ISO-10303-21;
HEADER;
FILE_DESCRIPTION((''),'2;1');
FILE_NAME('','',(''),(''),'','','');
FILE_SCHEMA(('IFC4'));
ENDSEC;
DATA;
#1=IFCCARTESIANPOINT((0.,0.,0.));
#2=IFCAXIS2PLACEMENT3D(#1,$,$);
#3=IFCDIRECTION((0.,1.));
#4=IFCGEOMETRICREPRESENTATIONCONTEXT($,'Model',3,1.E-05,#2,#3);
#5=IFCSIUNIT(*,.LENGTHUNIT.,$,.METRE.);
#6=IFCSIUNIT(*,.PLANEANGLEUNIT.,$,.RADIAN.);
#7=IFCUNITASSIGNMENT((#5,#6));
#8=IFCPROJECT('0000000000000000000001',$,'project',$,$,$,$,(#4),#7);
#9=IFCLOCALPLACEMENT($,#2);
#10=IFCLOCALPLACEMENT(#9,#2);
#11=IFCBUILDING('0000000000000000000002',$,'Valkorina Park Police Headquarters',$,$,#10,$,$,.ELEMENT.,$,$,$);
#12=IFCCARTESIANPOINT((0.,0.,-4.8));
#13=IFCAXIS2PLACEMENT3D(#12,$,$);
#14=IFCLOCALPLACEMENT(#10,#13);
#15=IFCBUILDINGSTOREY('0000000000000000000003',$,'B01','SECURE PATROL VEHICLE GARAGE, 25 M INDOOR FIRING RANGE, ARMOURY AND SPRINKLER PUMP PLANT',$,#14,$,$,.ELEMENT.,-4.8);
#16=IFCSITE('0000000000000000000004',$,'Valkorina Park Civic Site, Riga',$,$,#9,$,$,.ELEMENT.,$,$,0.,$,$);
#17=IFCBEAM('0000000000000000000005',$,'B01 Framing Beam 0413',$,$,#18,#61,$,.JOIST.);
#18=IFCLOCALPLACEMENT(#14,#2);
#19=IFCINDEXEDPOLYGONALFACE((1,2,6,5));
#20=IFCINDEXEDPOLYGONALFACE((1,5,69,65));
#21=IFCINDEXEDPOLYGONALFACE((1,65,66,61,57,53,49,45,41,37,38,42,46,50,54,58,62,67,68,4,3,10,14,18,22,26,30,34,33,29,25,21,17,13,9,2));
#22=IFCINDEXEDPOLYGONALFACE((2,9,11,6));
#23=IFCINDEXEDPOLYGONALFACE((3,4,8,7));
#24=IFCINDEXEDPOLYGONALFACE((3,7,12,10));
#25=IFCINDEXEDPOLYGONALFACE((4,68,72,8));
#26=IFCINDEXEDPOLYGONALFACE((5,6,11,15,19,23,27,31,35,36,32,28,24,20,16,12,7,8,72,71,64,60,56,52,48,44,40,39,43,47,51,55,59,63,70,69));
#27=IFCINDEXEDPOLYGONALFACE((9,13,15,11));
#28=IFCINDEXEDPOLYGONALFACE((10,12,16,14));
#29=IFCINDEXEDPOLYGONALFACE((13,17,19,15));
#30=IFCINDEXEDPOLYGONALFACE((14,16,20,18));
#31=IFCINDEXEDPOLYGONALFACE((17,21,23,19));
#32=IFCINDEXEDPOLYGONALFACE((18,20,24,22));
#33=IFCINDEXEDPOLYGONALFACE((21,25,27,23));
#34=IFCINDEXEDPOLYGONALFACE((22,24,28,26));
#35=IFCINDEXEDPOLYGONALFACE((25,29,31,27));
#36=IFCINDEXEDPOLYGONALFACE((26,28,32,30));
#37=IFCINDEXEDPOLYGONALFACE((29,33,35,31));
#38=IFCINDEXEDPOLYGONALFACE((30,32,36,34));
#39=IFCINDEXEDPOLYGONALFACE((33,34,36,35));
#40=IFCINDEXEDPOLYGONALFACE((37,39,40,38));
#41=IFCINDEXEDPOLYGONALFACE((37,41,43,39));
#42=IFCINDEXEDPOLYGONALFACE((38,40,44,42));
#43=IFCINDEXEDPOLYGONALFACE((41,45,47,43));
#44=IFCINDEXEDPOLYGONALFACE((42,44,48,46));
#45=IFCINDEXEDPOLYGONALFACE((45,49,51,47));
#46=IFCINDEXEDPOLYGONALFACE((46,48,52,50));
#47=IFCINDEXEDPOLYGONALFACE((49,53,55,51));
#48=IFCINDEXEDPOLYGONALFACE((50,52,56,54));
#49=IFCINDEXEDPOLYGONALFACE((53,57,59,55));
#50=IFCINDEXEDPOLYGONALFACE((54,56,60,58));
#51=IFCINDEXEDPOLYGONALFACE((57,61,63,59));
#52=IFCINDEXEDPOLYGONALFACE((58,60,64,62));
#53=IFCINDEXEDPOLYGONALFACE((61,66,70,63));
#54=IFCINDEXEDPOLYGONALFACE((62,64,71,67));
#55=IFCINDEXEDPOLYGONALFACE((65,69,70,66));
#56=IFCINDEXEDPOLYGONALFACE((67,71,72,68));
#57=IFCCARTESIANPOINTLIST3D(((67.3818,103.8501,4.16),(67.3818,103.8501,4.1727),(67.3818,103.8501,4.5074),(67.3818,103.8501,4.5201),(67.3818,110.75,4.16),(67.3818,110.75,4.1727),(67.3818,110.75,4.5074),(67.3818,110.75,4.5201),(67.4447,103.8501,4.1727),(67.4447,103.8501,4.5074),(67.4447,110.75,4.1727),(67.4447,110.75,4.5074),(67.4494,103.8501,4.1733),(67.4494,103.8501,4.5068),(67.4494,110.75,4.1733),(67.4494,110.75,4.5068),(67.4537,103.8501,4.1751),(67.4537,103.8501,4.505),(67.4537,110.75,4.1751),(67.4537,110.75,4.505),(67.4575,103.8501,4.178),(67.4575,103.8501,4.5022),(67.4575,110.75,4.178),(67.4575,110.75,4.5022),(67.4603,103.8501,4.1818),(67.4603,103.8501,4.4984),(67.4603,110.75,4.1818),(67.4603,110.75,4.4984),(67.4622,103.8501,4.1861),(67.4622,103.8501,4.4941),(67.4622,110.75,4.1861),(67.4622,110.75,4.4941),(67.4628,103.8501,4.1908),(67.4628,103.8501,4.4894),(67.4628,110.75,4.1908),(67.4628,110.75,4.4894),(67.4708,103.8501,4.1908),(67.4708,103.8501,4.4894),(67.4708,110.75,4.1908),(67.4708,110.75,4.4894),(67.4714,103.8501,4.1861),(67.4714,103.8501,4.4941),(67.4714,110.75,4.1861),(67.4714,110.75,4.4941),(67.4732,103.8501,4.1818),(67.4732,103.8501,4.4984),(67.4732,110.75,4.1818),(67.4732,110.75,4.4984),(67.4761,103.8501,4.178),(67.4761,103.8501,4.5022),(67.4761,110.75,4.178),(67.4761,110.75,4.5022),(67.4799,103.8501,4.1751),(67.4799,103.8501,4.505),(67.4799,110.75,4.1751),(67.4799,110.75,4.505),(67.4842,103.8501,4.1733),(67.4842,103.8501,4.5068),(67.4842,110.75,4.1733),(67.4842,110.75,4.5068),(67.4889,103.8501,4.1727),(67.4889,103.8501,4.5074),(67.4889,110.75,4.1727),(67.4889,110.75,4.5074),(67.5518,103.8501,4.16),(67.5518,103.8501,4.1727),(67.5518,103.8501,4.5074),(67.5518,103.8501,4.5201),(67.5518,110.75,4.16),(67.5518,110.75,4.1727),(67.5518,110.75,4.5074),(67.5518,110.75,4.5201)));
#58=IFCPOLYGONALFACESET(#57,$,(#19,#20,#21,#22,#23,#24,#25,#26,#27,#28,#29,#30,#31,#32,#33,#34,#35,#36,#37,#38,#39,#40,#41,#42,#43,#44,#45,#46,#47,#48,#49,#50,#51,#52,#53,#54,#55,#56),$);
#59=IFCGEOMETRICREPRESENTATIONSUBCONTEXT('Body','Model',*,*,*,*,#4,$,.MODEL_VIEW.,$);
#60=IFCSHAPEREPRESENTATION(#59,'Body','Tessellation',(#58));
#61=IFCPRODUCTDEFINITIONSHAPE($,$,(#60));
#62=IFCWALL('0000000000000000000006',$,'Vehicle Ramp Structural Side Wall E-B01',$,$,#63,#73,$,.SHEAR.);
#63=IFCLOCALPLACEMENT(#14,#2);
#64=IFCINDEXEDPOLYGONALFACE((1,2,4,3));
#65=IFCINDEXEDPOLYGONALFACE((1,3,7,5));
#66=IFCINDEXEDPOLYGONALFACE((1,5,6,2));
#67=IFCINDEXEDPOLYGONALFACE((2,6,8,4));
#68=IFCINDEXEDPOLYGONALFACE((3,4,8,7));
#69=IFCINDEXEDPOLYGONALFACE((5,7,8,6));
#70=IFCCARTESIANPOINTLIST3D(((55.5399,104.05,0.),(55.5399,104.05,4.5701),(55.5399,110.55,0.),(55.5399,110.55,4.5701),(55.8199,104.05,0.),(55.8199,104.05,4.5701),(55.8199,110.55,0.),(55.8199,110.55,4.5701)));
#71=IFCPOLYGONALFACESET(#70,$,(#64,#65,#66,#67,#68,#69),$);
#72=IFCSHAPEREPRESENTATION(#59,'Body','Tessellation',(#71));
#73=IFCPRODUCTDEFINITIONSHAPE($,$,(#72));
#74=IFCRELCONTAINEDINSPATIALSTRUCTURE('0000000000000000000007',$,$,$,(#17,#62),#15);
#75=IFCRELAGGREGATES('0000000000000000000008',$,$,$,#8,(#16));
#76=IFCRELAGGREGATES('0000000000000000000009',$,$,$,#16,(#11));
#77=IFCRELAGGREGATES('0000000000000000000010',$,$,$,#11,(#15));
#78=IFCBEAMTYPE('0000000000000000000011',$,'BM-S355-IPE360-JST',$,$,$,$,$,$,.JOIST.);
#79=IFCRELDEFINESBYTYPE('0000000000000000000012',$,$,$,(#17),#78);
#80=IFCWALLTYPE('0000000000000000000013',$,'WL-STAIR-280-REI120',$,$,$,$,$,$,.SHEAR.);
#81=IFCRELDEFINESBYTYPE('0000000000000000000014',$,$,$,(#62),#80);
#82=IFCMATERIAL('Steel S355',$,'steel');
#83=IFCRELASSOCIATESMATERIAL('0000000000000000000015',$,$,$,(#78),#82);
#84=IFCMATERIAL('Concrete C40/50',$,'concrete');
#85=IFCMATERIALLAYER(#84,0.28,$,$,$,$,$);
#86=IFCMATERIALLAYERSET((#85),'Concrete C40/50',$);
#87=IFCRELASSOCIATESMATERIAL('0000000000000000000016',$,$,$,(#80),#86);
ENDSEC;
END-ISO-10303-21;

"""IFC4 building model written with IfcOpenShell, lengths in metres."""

from ifc_helpers import new_model, si_unit, direction, frame, frame_2d, origin, origin_2d, place, context, subcontext, project, spatial, rectangle, i_section, extrude, material, layer, layer_set, material_profile, profile_set, type_object, element, save


model = new_model("IFC4")

# Units and contexts
model_context = context("Model", 3, precision=1e-05, world=origin(), true_north=direction((0.0, 1.0)))
body_context = subcontext(model_context, "Body", "Model", "MODEL_VIEW")
ifc_project = project(units=[si_unit("LENGTHUNIT", "METRE"), si_unit("PLANEANGLEUNIT", "RADIAN")], contexts=[model_context])

# Site, building, storey
site_placement = place(None, origin())
site = spatial("IfcSite", under=ifc_project, at=site_placement, Name="Valkorina Park Civic Site, Riga", CompositionType="ELEMENT", RefElevation=0.0)
building_placement = place(site_placement, origin())
building = spatial("IfcBuilding", under=site, at=building_placement, Name="Valkorina Park Police Headquarters", CompositionType="ELEMENT")
storey_placement = place(building_placement, frame((0.0, 0.0, -4.8)))
storey = spatial("IfcBuildingStorey", under=building, at=storey_placement, Name="B01", Description="SECURE PATROL VEHICLE GARAGE, 25 M INDOOR FIRING RANGE, ARMOURY AND SPRINKLER PUMP PLANT", CompositionType="ELEMENT", Elevation=-4.8)

# Shared definitions
ifc_material_1 = material(Name="Concrete C40/50", Category="concrete")

# Beam
ifc_material_2 = material(Name="Steel S355", Category="steel")
ifc_material_profile_1 = material_profile(ifc_material_2, i_section(OverallWidth=0.1699, OverallDepth=0.3601, WebThickness=0.0081, FlangeThickness=0.0127, FilletRadius=0.0181, at=origin_2d()), Name="IPE 360")
ifc_profile_set_1 = profile_set([ifc_material_profile_1], Name="Steel S355")
beam_type_1 = type_object("IfcBeamType", Name="BM-S355-IPE360-JST", PredefinedType="JOIST", material=ifc_profile_set_1)
beam_1_placement = place(storey_placement, frame((67.4668, 103.8501, 4.3401), z_axis=(0.0, 1.0, 0.0), x_axis=(-1.0, 0.0, 0.0)))
element("IfcBeam", 1, at=beam_1_placement, inside=storey, type_object=beam_type_1, Name="B01 Framing Beam 0413", PredefinedType="JOIST", context=body_context, shape_type="SweptSolid", body=[
    extrude(i_section(OverallWidth=0.1699, OverallDepth=0.3601, WebThickness=0.0081, FlangeThickness=0.0127, FilletRadius=0.0181, at=origin_2d()), origin(), (0.0, 0.0, 1.0), 6.8999),
])

# Wall
ifc_layer = layer(ifc_material_1, 0.28)
ifc_layer_set = layer_set([ifc_layer], Name="Concrete C40/50")
wall_type = type_object("IfcWallType", Name="WL-STAIR-280-REI120", PredefinedType="SHEAR", material=ifc_layer_set)
wall_placement = place(storey_placement, frame((55.6799, 104.05, 0.0), z_axis=(0.0, 0.0, 1.0), x_axis=(0.0, 1.0, 0.0)))
element("IfcWall", 2, at=wall_placement, inside=storey, type_object=wall_type, Name="Vehicle Ramp Structural Side Wall E-B01", PredefinedType="SHEAR", context=body_context, shape_type="SweptSolid", body=[
    extrude(rectangle(XDim=6.5, YDim=0.28, at=frame_2d((3.25, 0.0))), origin(), (0.0, 0.0, 1.0), 4.5701),
])

save(model, "model.ifc")
